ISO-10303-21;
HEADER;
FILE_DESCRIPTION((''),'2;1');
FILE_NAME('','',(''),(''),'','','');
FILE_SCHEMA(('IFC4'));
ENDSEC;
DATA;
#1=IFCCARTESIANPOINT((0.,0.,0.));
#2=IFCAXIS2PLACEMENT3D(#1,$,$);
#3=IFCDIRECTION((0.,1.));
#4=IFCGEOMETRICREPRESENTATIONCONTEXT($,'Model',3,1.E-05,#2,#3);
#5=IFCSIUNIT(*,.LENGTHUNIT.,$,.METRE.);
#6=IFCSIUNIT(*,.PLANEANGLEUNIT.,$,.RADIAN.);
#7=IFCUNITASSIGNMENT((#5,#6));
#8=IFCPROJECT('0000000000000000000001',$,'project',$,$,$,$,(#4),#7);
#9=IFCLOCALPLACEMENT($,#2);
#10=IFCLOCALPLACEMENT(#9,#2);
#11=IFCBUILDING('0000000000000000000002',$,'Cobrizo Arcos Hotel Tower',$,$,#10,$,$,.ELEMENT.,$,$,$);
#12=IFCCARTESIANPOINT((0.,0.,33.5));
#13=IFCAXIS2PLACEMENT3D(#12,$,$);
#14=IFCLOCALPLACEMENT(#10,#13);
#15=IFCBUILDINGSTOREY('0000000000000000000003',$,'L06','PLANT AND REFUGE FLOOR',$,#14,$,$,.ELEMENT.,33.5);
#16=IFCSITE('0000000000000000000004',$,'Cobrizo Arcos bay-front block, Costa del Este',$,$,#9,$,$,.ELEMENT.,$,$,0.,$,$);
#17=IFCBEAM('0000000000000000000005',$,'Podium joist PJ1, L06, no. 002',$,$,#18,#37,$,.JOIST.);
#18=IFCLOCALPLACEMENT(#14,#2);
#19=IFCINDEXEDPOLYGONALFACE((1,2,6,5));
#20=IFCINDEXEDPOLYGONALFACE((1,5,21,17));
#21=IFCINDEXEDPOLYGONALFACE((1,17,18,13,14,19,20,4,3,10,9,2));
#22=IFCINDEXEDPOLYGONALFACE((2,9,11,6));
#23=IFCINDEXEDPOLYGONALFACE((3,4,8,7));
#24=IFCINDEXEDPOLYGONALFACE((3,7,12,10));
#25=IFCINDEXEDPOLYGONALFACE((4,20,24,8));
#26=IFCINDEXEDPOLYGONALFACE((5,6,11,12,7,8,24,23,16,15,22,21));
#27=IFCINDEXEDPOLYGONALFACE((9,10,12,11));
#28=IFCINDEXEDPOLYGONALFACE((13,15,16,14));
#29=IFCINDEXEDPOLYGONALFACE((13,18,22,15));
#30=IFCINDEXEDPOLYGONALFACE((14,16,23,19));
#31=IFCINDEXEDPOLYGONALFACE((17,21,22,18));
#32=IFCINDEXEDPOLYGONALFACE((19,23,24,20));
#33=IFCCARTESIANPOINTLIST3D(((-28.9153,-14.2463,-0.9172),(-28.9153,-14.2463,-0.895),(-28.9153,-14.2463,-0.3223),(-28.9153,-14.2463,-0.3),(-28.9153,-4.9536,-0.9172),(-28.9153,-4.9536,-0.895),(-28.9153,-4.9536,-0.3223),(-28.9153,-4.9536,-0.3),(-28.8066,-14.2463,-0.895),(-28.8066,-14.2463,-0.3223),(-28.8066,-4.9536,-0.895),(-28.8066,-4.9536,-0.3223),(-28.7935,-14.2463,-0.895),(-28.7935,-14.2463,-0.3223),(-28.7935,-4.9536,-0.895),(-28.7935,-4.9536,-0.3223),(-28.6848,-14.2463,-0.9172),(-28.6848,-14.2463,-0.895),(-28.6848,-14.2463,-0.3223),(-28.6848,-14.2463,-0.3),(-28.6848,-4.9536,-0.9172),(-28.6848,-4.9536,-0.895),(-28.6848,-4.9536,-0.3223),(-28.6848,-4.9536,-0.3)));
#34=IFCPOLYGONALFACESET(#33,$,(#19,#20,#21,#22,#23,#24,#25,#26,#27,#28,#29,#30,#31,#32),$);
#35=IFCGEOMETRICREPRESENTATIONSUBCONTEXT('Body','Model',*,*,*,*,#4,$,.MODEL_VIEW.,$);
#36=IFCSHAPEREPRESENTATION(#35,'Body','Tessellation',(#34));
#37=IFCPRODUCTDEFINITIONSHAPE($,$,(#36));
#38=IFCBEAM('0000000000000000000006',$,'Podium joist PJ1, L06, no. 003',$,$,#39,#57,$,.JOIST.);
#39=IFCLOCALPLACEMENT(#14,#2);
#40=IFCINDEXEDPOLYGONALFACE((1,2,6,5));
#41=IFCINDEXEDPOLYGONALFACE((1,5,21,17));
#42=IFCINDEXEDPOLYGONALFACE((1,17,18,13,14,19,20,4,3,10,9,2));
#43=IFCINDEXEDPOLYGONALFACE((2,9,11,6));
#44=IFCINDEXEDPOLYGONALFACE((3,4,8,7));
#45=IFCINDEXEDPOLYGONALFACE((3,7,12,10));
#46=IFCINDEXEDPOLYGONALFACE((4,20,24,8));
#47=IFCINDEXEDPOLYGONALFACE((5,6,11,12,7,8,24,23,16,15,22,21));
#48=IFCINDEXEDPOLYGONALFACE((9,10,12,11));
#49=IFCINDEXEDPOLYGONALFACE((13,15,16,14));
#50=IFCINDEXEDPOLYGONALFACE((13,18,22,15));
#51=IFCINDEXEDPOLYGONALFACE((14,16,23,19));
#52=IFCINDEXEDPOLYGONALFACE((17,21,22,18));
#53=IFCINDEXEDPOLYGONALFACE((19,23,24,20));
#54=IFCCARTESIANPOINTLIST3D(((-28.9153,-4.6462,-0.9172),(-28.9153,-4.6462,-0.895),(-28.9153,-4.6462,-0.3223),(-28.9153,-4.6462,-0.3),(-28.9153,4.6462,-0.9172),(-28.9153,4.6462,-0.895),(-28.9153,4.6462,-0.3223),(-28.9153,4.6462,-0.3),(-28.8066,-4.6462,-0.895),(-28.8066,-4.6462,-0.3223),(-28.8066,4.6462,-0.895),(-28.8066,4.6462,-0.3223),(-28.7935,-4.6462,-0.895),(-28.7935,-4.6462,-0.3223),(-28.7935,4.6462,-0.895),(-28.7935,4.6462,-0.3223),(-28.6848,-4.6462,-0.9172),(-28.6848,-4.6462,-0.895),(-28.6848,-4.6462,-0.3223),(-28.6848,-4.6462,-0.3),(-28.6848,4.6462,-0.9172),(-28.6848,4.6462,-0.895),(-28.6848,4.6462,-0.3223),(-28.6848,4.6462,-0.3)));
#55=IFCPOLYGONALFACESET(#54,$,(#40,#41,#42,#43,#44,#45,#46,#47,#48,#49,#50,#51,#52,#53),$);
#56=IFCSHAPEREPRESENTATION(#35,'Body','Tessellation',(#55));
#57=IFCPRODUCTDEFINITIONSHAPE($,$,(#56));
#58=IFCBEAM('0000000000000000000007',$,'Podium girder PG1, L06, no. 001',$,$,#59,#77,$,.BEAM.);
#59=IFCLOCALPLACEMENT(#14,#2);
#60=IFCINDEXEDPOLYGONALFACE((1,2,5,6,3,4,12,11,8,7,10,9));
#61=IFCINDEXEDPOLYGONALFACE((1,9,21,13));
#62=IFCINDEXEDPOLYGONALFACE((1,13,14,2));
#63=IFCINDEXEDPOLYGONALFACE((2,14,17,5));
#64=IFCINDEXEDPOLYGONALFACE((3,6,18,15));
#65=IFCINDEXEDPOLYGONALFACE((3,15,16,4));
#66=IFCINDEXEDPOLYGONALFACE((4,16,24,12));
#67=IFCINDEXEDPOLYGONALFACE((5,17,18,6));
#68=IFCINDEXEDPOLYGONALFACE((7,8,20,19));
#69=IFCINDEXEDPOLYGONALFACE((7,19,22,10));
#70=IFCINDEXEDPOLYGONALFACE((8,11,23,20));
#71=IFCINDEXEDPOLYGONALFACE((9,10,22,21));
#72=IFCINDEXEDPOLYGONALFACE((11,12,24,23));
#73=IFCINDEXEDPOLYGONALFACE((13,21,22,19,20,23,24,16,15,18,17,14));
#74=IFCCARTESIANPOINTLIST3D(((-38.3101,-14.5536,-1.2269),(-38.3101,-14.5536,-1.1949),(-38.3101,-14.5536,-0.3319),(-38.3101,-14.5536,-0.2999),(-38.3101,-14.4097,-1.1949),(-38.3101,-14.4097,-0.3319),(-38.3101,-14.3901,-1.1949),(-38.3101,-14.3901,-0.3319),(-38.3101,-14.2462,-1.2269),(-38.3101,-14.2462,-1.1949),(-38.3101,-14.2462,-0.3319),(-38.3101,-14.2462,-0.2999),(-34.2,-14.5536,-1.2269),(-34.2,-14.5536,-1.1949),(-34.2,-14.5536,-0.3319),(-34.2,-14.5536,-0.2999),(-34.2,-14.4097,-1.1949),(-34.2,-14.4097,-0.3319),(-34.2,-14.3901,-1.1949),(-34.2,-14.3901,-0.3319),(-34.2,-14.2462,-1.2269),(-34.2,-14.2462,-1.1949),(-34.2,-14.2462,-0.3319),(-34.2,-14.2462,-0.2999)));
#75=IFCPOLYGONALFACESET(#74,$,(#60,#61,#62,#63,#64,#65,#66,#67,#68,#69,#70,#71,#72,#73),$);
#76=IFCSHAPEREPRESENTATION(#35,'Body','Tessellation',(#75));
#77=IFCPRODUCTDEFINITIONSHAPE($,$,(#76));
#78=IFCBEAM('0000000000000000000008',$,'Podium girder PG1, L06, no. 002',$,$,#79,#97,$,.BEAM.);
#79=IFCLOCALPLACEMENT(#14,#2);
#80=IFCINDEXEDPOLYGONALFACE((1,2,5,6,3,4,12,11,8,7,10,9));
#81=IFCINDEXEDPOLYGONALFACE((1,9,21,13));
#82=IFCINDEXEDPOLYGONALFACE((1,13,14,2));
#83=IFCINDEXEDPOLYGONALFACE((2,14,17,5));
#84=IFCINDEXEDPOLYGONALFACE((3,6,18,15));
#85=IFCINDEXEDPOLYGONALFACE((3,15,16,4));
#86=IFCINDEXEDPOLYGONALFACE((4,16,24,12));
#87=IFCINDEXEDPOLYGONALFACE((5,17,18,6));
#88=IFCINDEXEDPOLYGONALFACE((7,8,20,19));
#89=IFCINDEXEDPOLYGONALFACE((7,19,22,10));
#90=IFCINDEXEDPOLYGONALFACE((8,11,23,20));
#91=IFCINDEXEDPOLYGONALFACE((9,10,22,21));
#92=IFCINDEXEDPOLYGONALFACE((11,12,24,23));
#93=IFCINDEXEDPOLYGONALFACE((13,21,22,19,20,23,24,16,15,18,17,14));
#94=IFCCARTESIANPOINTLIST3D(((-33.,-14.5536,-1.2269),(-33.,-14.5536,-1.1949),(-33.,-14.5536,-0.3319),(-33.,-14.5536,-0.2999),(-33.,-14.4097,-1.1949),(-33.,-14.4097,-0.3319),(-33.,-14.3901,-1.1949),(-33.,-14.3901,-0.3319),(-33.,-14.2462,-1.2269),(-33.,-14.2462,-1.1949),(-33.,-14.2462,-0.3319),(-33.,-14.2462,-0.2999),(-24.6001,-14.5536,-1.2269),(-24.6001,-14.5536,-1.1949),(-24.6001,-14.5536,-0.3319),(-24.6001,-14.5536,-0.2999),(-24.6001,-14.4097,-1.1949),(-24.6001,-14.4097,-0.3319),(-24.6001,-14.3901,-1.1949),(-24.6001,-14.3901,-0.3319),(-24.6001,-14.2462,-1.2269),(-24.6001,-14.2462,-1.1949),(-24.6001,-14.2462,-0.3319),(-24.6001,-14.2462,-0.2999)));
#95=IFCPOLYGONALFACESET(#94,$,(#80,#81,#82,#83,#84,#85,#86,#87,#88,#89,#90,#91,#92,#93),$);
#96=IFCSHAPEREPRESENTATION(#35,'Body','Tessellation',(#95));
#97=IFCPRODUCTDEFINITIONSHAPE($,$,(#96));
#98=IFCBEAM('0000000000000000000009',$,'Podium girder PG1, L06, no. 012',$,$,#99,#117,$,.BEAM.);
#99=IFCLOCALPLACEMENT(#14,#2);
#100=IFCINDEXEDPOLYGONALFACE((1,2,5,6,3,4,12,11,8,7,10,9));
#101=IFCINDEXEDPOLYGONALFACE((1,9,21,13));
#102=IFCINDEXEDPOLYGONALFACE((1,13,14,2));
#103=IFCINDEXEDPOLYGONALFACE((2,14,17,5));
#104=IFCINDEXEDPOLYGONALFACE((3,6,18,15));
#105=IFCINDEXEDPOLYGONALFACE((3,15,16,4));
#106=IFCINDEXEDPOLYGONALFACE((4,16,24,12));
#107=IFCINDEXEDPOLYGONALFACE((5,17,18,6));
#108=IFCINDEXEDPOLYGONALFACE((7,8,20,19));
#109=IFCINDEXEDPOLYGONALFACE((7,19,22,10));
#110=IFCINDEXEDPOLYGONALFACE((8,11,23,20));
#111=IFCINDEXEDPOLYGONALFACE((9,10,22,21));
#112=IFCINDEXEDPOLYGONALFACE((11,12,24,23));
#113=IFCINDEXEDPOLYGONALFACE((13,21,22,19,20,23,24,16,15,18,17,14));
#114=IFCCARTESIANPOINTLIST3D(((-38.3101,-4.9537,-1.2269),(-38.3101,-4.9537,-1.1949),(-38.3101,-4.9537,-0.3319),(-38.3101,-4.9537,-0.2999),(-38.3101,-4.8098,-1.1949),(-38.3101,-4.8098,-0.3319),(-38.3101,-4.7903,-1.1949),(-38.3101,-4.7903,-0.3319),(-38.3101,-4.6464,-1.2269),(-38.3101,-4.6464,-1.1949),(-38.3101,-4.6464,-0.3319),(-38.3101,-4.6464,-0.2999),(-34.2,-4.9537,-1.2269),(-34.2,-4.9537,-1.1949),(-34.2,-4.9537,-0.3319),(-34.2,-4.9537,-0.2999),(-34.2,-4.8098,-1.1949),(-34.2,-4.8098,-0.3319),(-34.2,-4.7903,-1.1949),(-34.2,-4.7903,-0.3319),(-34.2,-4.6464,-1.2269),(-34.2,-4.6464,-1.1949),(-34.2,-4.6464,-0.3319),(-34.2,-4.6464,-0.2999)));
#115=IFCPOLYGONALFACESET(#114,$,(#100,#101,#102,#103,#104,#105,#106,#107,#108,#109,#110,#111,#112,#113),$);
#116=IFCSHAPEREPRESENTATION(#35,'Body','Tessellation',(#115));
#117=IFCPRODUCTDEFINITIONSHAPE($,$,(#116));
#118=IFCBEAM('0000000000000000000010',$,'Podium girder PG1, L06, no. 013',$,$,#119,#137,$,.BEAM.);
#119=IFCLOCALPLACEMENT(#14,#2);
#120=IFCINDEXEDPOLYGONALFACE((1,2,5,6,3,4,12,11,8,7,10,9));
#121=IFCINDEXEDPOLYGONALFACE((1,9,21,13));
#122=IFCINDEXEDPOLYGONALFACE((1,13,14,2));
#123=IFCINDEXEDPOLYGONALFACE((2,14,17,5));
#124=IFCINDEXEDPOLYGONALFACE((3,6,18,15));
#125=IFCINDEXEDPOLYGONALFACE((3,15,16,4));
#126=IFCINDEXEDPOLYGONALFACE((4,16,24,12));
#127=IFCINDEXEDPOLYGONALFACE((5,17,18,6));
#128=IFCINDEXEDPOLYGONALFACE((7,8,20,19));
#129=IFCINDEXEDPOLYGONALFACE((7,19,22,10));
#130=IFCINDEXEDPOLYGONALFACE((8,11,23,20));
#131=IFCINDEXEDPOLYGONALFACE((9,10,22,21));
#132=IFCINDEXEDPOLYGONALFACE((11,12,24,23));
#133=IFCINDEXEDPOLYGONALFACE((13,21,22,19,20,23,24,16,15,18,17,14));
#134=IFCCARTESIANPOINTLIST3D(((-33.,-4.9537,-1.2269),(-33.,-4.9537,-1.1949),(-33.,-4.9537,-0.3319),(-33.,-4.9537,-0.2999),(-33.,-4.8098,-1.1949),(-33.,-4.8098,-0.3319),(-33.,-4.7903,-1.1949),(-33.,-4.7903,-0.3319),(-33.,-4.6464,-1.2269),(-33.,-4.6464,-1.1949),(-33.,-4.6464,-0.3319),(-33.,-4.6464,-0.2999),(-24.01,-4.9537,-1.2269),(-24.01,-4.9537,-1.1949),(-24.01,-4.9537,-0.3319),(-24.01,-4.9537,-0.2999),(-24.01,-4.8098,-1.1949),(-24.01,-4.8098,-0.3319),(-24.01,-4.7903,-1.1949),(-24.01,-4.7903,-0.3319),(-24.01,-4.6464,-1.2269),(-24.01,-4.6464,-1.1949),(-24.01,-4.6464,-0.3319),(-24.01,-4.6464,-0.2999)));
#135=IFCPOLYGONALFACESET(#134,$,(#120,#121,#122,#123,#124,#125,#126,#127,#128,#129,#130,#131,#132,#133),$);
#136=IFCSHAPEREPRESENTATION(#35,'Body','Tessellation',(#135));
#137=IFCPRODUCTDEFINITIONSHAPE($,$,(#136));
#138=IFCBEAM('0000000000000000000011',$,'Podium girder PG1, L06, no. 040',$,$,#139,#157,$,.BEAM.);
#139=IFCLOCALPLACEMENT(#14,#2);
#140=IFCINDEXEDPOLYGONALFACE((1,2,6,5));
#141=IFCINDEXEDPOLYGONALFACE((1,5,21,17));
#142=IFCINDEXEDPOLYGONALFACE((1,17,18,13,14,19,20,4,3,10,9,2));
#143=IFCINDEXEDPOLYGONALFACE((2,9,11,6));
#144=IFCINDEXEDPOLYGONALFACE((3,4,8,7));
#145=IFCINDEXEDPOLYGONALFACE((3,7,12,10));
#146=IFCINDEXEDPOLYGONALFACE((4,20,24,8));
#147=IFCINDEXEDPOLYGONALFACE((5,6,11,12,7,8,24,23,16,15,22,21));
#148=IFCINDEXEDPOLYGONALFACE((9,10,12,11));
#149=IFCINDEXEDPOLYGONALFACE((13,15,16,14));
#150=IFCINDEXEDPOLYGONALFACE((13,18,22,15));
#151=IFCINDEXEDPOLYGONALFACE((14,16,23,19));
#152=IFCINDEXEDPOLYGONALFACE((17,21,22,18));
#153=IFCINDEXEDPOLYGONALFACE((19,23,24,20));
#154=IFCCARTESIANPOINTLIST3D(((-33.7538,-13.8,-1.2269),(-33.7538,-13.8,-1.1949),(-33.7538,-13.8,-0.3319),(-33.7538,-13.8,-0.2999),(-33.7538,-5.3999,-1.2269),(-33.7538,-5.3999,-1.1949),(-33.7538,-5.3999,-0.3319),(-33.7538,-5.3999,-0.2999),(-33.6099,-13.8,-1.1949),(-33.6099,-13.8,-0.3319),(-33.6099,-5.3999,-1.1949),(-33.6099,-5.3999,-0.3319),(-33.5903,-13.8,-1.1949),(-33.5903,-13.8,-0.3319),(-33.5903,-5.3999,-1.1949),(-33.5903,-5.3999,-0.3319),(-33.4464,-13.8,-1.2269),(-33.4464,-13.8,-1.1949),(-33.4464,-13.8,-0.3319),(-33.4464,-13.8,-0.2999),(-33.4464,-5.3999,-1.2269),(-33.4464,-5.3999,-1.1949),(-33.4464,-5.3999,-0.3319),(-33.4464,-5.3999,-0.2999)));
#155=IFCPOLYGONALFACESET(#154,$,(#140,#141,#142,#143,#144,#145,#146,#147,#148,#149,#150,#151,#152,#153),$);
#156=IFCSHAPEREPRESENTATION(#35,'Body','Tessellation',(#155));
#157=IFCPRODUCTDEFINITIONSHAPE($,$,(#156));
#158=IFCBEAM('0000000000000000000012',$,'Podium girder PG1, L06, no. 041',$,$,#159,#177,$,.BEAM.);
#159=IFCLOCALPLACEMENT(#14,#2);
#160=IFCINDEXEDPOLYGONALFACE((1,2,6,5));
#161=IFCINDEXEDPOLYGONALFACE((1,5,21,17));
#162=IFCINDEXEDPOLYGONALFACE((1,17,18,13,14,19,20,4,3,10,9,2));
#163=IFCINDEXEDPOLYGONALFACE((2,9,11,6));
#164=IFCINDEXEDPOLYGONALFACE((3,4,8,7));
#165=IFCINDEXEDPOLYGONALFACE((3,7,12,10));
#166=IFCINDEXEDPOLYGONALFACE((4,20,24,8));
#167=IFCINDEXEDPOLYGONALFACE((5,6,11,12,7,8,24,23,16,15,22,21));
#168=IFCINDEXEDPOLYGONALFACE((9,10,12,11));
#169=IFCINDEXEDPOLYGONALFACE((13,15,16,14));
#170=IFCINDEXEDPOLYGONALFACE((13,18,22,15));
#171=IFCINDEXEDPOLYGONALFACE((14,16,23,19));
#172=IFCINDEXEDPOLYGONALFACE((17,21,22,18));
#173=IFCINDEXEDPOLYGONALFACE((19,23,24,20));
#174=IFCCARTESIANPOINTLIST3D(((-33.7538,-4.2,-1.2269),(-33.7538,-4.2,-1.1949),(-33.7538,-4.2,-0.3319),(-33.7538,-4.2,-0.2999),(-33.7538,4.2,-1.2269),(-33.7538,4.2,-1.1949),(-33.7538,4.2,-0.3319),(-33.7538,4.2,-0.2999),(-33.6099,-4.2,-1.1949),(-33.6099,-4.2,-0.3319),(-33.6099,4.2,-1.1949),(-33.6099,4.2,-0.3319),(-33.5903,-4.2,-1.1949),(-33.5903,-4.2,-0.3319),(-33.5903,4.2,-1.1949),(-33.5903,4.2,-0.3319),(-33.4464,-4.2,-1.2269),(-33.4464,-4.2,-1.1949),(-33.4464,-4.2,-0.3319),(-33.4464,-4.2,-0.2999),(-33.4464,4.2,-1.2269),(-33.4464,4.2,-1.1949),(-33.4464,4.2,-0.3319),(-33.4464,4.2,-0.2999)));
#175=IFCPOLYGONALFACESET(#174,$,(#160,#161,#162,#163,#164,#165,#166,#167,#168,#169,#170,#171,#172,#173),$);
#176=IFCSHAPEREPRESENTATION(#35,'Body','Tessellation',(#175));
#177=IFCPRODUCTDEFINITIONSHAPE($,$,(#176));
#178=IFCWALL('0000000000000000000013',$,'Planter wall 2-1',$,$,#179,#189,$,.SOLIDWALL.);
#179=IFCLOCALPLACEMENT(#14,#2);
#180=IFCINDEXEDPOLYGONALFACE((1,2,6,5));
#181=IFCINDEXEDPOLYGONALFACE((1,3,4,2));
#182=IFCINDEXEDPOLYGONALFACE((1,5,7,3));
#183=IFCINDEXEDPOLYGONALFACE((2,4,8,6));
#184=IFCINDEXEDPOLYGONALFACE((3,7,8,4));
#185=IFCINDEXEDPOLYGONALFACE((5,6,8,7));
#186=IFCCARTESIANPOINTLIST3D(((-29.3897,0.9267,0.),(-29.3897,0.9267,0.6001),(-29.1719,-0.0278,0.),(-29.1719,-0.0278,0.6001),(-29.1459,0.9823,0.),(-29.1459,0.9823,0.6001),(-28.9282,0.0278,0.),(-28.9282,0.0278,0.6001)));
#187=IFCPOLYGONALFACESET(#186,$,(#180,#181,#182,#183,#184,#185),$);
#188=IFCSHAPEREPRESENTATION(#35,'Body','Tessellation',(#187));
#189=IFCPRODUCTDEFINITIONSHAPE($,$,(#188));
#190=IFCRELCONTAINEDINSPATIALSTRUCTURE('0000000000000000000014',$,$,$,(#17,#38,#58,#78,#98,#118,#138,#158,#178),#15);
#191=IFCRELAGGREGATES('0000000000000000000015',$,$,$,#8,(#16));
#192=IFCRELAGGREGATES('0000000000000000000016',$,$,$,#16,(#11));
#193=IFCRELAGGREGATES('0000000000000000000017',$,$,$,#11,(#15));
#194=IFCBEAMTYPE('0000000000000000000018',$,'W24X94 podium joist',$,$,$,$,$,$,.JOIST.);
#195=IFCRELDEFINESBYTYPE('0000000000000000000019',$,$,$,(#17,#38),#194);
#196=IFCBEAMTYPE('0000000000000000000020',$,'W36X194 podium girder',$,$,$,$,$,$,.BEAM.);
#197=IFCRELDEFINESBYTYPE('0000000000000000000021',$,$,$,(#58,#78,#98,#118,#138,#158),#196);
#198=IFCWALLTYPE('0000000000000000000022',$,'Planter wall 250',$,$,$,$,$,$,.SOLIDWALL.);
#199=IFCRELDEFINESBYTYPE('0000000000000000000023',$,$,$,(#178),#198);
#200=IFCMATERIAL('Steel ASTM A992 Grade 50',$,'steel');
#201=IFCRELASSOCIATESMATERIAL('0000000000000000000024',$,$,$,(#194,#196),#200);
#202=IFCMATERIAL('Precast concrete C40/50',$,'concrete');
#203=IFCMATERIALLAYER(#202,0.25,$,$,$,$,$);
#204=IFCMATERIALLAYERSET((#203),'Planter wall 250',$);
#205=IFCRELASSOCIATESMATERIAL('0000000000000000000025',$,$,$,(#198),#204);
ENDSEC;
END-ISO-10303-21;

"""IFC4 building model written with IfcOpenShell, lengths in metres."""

from ifc_helpers import new_model, si_unit, direction, frame, frame_2d, origin, origin_2d, place, context, subcontext, project, spatial, rectangle, i_section, extrude, material, layer, layer_set, material_profile, profile_set, type_object, element, save


model = new_model("IFC4")

# Units and contexts
model_context = context("Model", 3, precision=1e-05, world=origin(), true_north=direction((0.0, 1.0)))
body_context = subcontext(model_context, "Body", "Model", "MODEL_VIEW")
ifc_project = project(units=[si_unit("LENGTHUNIT", "METRE"), si_unit("PLANEANGLEUNIT", "RADIAN")], contexts=[model_context])

# Site, building, storey
site_placement = place(None, origin())
site = spatial("IfcSite", under=ifc_project, at=site_placement, Name="Cobrizo Arcos bay-front block, Costa del Este", CompositionType="ELEMENT", RefElevation=0.0)
building_placement = place(site_placement, origin())
building = spatial("IfcBuilding", under=site, at=building_placement, Name="Cobrizo Arcos Hotel Tower", CompositionType="ELEMENT")
storey_placement = place(building_placement, frame((0.0, 0.0, 33.5)))
storey = spatial("IfcBuildingStorey", under=building, at=storey_placement, Name="L06", Description="PLANT AND REFUGE FLOOR", CompositionType="ELEMENT", Elevation=33.5)

# Beams
ifc_material_1 = material(Name="Steel ASTM A992 Grade 50", Category="steel")
ifc_material_profile_1 = material_profile(ifc_material_1, i_section(OverallWidth=0.2305, OverallDepth=0.6172, WebThickness=0.0132, FlangeThickness=0.0222, at=origin_2d()), Name="W24X94")
ifc_profile_set_1 = profile_set([ifc_material_profile_1], Name="Steel ASTM A992 Grade 50")
beam_type_1 = type_object("IfcBeamType", Name="W24X94 podium joist", PredefinedType="JOIST", material=ifc_profile_set_1)
beam_1_placement = place(storey_placement, frame((-28.8, -14.2463, -0.6086), z_axis=(0.0, 1.0, 0.0), x_axis=(-1.0, 0.0, 0.0)))
element("IfcBeam", 1, at=beam_1_placement, inside=storey, type_object=beam_type_1, Name="Podium joist PJ1, L06, no. 002", PredefinedType="JOIST", context=body_context, shape_type="SweptSolid", body=[
    extrude(i_section(OverallWidth=0.2305, OverallDepth=0.6172, WebThickness=0.0132, FlangeThickness=0.0222, at=origin_2d()), origin(), (0.0, 0.0, 1.0), 9.2927),
])
beam_2_placement = place(storey_placement, frame((-28.8, -4.6462, -0.6086), z_axis=(0.0, 1.0, 0.0), x_axis=(-1.0, 0.0, 0.0)))
element("IfcBeam", 2, at=beam_2_placement, inside=storey, type_object=beam_type_1, Name="Podium joist PJ1, L06, no. 003", PredefinedType="JOIST", context=body_context, shape_type="SweptSolid", body=[
    extrude(i_section(OverallWidth=0.2305, OverallDepth=0.6172, WebThickness=0.0132, FlangeThickness=0.0222, at=origin_2d()), origin(), (0.0, 0.0, 1.0), 9.2925),
])
ifc_material_profile_2 = material_profile(ifc_material_1, i_section(OverallWidth=0.3074, OverallDepth=0.927, WebThickness=0.0195, FlangeThickness=0.032, at=origin_2d()), Name="W36X194")
ifc_profile_set_2 = profile_set([ifc_material_profile_2], Name="Steel ASTM A992 Grade 50")
beam_type_2 = type_object("IfcBeamType", Name="W36X194 podium girder", PredefinedType="BEAM", material=ifc_profile_set_2)
beam_3_placement = place(storey_placement, frame((-38.3101, -14.3999, -0.7634), z_axis=(1.0, 0.0, 0.0), x_axis=(0.0, 1.0, 0.0)))
element("IfcBeam", 3, at=beam_3_placement, inside=storey, type_object=beam_type_2, Name="Podium girder PG1, L06, no. 001", PredefinedType="BEAM", context=body_context, shape_type="SweptSolid", body=[
    extrude(i_section(OverallWidth=0.3074, OverallDepth=0.927, WebThickness=0.0195, FlangeThickness=0.032, at=origin_2d()), origin(), (0.0, 0.0, 1.0), 4.1101),
])
beam_4_placement = place(storey_placement, frame((-33.0, -14.3999, -0.7634), z_axis=(1.0, 0.0, 0.0), x_axis=(0.0, 1.0, 0.0)))
element("IfcBeam", 4, at=beam_4_placement, inside=storey, type_object=beam_type_2, Name="Podium girder PG1, L06, no. 002", PredefinedType="BEAM", context=body_context, shape_type="SweptSolid", body=[
    extrude(i_section(OverallWidth=0.3074, OverallDepth=0.927, WebThickness=0.0195, FlangeThickness=0.032, at=origin_2d()), origin(), (0.0, 0.0, 1.0), 8.3999),
])
beam_5_placement = place(storey_placement, frame((-38.3101, -4.8, -0.7634), z_axis=(1.0, 0.0, 0.0), x_axis=(0.0, 1.0, 0.0)))
element("IfcBeam", 5, at=beam_5_placement, inside=storey, type_object=beam_type_2, Name="Podium girder PG1, L06, no. 012", PredefinedType="BEAM", context=body_context, shape_type="SweptSolid", body=[
    extrude(i_section(OverallWidth=0.3074, OverallDepth=0.927, WebThickness=0.0195, FlangeThickness=0.032, at=origin_2d()), origin(), (0.0, 0.0, 1.0), 4.1101),
])
beam_6_placement = place(storey_placement, frame((-33.0, -4.8, -0.7634), z_axis=(1.0, 0.0, 0.0), x_axis=(0.0, 1.0, 0.0)))
element("IfcBeam", 6, at=beam_6_placement, inside=storey, type_object=beam_type_2, Name="Podium girder PG1, L06, no. 013", PredefinedType="BEAM", context=body_context, shape_type="SweptSolid", body=[
    extrude(i_section(OverallWidth=0.3074, OverallDepth=0.927, WebThickness=0.0195, FlangeThickness=0.032, at=origin_2d()), origin(), (0.0, 0.0, 1.0), 8.99),
])
beam_7_placement = place(storey_placement, frame((-33.6001, -13.8, -0.7634), z_axis=(0.0, 1.0, 0.0), x_axis=(-1.0, 0.0, 0.0)))
element("IfcBeam", 7, at=beam_7_placement, inside=storey, type_object=beam_type_2, Name="Podium girder PG1, L06, no. 040", PredefinedType="BEAM", context=body_context, shape_type="SweptSolid", body=[
    extrude(i_section(OverallWidth=0.3074, OverallDepth=0.927, WebThickness=0.0195, FlangeThickness=0.032, at=origin_2d()), origin(), (0.0, 0.0, 1.0), 8.4001),
])
beam_8_placement = place(storey_placement, frame((-33.6001, -4.2, -0.7634), z_axis=(0.0, 1.0, 0.0), x_axis=(-1.0, 0.0, 0.0)))
element("IfcBeam", 8, at=beam_8_placement, inside=storey, type_object=beam_type_2, Name="Podium girder PG1, L06, no. 041", PredefinedType="BEAM", context=body_context, shape_type="SweptSolid", body=[
    extrude(i_section(OverallWidth=0.3074, OverallDepth=0.927, WebThickness=0.0195, FlangeThickness=0.032, at=origin_2d()), origin(), (0.0, 0.0, 1.0), 8.3999),
])

# Wall
ifc_material_2 = material(Name="Precast concrete C40/50", Category="concrete")
ifc_layer = layer(ifc_material_2, 0.25)
ifc_layer_set = layer_set([ifc_layer], Name="Planter wall 250")
wall_type = type_object("IfcWallType", Name="Planter wall 250", PredefinedType="SOLIDWALL", material=ifc_layer_set)
for number, where, z_axis, x_axis, name in (
    (9, (-29.05, 0.0, 0.0), (0.0, 0.0, 1.0), (-0.222419, 0.974951, 0.0), "Planter wall 2-1"),
):
    element("IfcWall", number, at=place(storey_placement, frame(where, z_axis=z_axis, x_axis=x_axis)), inside=storey, type_object=wall_type, Name=name, PredefinedType="SOLIDWALL", context=body_context, shape_type="SweptSolid", body=[
        extrude(rectangle(XDim=0.979, YDim=0.25, at=frame_2d((0.4895, 0.0))), origin(), (0.0, 0.0, 1.0), 0.6001),
    ])

save(model, "model.ifc")
